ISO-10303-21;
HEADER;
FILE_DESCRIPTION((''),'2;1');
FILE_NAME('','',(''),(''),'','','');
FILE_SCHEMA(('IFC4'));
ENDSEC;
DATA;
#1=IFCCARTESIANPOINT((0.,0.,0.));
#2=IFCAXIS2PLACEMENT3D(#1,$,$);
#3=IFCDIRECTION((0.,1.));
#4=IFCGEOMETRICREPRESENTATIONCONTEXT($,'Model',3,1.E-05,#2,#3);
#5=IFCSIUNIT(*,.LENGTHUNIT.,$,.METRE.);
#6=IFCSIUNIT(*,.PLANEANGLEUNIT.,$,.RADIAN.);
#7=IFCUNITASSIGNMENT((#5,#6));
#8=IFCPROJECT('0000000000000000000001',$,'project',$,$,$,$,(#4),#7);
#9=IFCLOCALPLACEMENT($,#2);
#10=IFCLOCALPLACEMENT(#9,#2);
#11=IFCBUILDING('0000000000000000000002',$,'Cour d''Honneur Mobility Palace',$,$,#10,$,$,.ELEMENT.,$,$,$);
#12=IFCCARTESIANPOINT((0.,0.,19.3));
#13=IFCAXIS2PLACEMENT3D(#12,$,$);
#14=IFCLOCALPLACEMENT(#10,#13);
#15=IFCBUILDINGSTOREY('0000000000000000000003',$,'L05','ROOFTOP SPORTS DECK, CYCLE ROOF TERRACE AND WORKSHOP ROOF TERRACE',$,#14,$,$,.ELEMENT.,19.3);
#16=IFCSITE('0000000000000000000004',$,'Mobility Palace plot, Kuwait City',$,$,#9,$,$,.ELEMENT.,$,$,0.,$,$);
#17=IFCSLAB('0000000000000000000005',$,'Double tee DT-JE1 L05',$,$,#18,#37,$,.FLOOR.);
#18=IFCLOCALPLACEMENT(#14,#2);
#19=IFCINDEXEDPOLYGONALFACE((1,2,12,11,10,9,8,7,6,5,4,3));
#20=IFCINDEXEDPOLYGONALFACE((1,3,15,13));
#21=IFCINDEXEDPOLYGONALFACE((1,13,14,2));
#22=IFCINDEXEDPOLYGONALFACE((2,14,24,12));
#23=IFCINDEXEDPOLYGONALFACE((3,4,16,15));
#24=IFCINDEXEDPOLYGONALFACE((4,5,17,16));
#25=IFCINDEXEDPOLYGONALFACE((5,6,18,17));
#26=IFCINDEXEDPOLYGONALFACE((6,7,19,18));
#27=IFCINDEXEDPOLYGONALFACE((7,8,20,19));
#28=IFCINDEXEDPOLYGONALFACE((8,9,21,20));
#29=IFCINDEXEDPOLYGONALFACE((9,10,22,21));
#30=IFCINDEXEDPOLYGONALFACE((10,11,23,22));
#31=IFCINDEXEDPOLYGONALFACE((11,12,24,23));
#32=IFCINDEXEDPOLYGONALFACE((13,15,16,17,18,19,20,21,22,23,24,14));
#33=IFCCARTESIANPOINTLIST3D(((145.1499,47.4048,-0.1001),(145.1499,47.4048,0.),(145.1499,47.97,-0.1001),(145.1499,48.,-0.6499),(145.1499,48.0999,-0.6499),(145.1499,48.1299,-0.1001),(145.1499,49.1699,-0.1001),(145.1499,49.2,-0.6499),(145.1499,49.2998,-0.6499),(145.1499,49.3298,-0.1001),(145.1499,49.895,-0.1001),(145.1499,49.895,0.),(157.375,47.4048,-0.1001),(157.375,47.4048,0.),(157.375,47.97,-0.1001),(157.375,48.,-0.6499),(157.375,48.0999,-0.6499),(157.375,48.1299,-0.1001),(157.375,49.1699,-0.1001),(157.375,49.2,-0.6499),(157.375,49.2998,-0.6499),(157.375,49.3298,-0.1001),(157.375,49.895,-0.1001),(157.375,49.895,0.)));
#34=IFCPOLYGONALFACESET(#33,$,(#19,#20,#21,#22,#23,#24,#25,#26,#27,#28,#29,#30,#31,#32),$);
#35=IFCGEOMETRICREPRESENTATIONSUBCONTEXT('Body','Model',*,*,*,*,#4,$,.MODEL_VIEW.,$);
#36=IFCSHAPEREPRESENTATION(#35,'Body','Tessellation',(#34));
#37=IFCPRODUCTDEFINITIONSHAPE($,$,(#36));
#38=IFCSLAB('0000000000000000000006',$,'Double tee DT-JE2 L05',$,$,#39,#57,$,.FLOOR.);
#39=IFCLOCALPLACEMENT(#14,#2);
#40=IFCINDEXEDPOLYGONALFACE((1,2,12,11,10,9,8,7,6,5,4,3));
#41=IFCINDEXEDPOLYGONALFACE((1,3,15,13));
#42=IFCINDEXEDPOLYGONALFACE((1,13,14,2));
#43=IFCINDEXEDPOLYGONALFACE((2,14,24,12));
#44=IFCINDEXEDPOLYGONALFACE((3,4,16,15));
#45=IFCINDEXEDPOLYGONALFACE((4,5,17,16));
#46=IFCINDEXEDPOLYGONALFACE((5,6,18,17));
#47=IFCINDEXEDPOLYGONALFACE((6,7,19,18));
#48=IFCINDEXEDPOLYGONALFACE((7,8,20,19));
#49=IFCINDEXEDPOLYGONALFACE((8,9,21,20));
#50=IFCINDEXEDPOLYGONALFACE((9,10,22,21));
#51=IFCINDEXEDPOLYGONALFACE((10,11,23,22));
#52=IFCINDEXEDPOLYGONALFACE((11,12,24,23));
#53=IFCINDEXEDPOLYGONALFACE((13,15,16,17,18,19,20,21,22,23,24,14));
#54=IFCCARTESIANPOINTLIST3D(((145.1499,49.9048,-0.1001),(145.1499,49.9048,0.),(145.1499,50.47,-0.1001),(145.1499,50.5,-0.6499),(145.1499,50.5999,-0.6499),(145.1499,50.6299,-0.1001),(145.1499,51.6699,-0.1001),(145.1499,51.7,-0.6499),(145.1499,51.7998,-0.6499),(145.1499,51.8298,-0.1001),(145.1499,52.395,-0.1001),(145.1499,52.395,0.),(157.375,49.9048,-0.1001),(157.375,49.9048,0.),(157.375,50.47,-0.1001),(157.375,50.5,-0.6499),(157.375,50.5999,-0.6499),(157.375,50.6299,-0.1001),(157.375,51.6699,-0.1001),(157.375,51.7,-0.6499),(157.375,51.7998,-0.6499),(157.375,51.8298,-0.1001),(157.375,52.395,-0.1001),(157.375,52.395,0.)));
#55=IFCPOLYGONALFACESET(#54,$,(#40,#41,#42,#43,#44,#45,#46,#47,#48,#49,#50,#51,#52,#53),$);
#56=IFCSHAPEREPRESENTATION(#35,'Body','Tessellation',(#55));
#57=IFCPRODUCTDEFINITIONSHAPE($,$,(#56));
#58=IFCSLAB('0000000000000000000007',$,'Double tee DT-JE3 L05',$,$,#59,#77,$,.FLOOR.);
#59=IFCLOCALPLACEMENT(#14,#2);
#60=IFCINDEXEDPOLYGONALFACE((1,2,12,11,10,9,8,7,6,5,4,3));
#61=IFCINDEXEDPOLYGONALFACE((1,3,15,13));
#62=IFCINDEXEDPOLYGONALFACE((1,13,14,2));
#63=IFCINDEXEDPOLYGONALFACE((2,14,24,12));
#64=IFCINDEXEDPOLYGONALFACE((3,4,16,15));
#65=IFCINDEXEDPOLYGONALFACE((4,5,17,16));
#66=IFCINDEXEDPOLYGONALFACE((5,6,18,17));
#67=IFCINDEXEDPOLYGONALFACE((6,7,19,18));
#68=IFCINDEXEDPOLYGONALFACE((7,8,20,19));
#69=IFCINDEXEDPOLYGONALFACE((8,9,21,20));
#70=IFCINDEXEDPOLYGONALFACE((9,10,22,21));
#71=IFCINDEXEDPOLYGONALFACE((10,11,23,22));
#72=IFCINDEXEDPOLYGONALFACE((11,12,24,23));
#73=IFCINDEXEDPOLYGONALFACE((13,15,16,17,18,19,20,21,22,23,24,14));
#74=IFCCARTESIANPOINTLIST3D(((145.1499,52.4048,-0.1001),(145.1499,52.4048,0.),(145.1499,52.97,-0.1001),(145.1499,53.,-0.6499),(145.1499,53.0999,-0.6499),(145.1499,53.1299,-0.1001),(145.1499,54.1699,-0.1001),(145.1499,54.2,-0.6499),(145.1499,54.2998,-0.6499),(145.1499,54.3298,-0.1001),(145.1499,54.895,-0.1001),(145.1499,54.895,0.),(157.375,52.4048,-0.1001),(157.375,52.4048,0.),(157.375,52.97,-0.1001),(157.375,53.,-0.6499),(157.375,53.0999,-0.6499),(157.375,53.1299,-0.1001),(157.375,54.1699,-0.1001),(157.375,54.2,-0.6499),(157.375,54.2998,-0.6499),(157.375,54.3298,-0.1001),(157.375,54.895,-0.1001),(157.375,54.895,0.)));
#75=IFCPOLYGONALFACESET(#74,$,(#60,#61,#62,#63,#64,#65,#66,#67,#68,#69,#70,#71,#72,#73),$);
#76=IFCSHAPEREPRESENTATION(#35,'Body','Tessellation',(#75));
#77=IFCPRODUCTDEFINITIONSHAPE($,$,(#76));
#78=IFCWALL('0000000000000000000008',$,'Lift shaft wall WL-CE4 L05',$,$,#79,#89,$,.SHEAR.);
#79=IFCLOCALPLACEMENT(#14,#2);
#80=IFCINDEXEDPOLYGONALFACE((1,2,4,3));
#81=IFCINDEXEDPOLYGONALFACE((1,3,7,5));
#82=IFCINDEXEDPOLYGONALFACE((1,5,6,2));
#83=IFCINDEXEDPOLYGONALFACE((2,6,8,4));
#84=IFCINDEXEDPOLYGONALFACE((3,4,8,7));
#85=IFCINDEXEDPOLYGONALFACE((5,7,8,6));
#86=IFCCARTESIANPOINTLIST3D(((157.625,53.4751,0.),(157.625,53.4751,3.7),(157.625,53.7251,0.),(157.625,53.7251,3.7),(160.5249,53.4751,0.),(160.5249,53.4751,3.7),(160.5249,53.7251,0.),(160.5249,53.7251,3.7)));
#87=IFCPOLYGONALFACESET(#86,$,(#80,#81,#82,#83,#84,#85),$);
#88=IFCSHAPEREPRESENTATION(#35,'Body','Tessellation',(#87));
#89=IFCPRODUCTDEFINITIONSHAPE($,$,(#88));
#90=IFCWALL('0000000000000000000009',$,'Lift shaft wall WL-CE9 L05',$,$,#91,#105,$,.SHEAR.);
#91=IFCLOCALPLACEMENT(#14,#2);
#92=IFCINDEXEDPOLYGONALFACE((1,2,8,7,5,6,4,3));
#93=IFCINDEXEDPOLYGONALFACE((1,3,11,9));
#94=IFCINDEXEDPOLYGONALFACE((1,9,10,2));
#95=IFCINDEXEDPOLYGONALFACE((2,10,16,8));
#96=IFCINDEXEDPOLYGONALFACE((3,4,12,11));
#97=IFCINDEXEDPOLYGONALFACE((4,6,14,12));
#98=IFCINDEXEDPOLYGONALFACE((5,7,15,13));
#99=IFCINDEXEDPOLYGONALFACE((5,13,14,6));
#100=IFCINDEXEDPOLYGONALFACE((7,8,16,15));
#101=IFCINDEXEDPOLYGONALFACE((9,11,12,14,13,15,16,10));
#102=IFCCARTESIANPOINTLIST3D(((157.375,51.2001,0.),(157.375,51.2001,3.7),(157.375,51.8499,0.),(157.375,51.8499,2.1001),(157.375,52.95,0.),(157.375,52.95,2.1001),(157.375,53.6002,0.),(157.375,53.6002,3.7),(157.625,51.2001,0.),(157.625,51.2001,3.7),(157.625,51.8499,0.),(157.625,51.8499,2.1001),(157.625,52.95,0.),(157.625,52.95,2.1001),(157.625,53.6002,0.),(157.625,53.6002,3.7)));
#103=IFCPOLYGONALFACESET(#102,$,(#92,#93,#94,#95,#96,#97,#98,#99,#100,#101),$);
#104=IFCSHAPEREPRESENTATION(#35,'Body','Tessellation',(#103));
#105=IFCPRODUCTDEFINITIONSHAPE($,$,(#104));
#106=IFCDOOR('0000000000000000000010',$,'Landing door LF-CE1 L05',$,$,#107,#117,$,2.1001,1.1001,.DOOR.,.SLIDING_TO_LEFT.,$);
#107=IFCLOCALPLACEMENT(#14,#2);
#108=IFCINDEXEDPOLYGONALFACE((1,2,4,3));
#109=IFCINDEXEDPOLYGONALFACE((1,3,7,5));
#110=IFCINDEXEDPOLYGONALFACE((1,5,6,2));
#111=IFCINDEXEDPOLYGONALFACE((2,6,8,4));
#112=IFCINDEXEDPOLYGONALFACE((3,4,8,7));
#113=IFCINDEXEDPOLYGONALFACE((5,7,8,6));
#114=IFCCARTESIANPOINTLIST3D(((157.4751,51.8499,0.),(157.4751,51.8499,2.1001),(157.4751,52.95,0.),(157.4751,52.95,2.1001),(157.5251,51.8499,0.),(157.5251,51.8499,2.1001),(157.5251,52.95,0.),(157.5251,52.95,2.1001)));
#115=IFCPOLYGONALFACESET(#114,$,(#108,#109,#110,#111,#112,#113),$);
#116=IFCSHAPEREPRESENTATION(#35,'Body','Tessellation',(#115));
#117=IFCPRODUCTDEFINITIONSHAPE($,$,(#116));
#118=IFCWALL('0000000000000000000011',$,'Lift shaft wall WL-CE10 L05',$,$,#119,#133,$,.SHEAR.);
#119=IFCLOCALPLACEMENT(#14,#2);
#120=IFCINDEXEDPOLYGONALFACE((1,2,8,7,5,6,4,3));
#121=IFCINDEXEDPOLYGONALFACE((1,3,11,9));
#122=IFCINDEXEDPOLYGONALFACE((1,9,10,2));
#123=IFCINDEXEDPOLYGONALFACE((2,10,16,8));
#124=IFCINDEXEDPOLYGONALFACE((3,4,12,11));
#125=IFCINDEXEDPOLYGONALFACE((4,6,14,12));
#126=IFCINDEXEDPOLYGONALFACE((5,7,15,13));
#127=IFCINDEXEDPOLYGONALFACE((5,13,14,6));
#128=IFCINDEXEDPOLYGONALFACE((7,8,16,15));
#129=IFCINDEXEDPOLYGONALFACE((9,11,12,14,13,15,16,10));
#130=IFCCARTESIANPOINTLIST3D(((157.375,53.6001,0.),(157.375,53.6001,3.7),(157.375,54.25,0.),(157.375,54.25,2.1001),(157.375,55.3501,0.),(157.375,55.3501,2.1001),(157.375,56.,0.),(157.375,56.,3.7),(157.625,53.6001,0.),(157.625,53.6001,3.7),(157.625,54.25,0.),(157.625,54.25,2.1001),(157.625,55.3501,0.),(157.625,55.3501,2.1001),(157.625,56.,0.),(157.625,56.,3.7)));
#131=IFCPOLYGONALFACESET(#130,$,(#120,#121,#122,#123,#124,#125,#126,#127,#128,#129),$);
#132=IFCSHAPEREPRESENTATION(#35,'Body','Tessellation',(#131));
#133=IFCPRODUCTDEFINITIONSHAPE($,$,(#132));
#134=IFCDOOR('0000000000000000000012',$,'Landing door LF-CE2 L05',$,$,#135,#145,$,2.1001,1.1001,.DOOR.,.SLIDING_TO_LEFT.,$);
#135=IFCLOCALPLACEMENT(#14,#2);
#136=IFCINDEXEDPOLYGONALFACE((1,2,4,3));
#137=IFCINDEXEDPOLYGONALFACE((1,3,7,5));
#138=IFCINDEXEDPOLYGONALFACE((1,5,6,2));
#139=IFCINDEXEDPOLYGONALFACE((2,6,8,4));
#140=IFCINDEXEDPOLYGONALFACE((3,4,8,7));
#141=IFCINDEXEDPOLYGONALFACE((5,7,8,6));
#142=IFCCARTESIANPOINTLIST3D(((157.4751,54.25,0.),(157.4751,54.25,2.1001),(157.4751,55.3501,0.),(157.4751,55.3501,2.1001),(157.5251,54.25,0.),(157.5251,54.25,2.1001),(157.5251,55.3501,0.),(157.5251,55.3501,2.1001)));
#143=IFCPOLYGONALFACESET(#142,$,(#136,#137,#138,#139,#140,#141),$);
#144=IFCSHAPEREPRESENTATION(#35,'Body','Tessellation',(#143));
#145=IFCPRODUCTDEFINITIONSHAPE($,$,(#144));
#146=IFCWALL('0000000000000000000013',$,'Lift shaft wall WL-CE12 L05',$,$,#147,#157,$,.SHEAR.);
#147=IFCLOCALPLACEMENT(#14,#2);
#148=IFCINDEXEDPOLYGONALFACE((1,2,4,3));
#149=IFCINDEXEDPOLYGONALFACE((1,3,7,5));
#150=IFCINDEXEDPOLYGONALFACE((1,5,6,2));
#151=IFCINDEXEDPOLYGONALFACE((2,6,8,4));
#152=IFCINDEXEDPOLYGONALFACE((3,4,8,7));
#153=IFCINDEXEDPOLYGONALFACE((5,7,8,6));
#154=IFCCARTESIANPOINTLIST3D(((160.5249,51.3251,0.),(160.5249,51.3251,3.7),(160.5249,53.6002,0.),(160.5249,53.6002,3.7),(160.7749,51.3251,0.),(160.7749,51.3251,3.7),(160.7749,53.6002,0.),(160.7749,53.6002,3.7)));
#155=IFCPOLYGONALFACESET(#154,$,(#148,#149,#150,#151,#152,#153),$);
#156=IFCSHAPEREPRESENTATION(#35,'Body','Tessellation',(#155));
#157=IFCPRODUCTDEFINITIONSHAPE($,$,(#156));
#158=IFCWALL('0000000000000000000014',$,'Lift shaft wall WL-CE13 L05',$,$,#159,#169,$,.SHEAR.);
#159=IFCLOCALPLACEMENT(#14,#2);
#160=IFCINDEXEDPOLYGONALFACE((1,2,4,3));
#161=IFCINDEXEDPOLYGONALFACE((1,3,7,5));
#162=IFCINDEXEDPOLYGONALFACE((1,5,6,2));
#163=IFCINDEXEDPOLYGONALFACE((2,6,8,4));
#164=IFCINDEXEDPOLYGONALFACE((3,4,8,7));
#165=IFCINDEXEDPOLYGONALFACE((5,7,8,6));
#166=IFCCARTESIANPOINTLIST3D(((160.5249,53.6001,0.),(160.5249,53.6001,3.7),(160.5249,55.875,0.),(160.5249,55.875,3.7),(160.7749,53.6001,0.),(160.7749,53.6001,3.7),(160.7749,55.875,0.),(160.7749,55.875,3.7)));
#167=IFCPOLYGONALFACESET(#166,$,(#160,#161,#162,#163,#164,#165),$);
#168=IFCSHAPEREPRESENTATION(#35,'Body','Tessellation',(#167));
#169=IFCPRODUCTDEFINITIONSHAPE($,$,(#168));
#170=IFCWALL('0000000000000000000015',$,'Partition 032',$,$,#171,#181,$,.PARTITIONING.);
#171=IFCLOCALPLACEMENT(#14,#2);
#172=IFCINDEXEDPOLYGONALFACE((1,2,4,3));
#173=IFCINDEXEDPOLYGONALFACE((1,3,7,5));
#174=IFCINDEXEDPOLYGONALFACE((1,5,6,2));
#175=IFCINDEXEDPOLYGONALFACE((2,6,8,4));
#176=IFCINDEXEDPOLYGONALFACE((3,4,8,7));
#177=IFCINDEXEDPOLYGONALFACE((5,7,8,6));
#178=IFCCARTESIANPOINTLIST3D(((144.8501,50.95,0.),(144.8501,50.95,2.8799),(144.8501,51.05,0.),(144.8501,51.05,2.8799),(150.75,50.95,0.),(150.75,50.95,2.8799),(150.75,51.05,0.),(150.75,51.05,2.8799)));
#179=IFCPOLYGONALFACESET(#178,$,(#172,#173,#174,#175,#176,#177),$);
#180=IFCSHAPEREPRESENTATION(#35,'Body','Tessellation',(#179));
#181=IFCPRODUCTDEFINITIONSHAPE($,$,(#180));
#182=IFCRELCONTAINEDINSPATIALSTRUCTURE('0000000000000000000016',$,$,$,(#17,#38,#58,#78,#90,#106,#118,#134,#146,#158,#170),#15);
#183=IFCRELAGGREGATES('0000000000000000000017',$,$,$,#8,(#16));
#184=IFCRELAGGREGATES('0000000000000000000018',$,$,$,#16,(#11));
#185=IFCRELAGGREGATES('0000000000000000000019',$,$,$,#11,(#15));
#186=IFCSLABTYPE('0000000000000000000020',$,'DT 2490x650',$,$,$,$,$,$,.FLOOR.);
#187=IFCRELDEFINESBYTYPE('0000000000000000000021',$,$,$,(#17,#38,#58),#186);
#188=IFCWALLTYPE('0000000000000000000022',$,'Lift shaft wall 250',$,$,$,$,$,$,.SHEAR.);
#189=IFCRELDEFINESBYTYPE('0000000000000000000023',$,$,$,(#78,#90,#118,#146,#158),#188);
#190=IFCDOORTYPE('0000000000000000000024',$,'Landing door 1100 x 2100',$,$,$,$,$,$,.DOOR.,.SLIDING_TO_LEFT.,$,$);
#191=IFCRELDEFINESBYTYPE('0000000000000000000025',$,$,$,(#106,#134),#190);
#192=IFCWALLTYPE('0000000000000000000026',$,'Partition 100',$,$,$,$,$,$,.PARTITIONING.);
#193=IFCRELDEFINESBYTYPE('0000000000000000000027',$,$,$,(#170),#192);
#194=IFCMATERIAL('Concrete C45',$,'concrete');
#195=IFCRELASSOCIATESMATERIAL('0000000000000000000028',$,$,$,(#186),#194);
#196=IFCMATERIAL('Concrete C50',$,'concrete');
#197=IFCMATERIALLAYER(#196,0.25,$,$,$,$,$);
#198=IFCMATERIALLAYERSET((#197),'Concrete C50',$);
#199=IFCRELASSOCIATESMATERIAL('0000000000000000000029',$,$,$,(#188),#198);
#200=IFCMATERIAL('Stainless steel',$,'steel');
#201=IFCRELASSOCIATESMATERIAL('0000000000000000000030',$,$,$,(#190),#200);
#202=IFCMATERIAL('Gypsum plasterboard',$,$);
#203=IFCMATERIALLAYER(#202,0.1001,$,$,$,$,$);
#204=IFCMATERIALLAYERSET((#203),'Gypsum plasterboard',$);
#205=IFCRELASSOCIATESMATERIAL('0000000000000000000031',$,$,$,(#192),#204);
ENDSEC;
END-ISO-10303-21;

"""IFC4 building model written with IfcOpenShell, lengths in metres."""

from ifc_helpers import new_model, si_unit, direction, frame, frame_2d, origin, place, context, subcontext, project, spatial, polyline, rectangle, outline, extrude, material, layer, layer_set, material_profile, profile_set, type_object, element, fill, save


model = new_model("IFC4")

# Units and contexts
model_context = context("Model", 3, precision=1e-05, world=origin(), true_north=direction((0.0, 1.0)))
body_context = subcontext(model_context, "Body", "Model", "MODEL_VIEW")
ifc_project = project(units=[si_unit("LENGTHUNIT", "METRE"), si_unit("PLANEANGLEUNIT", "RADIAN")], contexts=[model_context])

# Site, building, storey
site_placement = place(None, origin())
site = spatial("IfcSite", under=ifc_project, at=site_placement, Name="Mobility Palace plot, Kuwait City", CompositionType="ELEMENT", RefElevation=0.0)
building_placement = place(site_placement, origin())
building = spatial("IfcBuilding", under=site, at=building_placement, Name="Cour d'Honneur Mobility Palace", CompositionType="ELEMENT")
storey_placement = place(building_placement, frame((0.0, 0.0, 19.3)))
storey = spatial("IfcBuildingStorey", under=building, at=storey_placement, Name="L05", Description="ROOFTOP SPORTS DECK, CYCLE ROOF TERRACE AND WORKSHOP ROOF TERRACE", CompositionType="ELEMENT", Elevation=19.3)

# Slabs
ifc_material_1 = material(Name="Concrete C45", Category="concrete")
ifc_material_profile = material_profile(ifc_material_1, outline(polyline([(-1.2451, 0.0), (1.2451, 0.0), (1.2451, -0.1001), (0.6799, -0.1001), (0.6499, -0.6499), (0.55, -0.6499), (0.52, -0.1001), (-0.52, -0.1001), (-0.55, -0.6499), (-0.6499, -0.6499), (-0.6799, -0.1001), (-1.2451, -0.1001), (-1.2451, 0.0)])), Name="DT 2490x650")
ifc_profile_set = profile_set([ifc_material_profile], Name="Concrete C45")
slab_type = type_object("IfcSlabType", Name="DT 2490x650", PredefinedType="FLOOR", material=ifc_profile_set)
for number, where, z_axis, x_axis, name in (
    (1, (145.1499, 48.6499, 0.0), (1.0, 0.0, 0.0), (0.0, 1.0, 0.0), "Double tee DT-JE1 L05"),
    (2, (145.1499, 51.1499, 0.0), (1.0, 0.0, 0.0), (0.0, 1.0, 0.0), "Double tee DT-JE2 L05"),
    (3, (145.1499, 53.6499, 0.0), (1.0, 0.0, 0.0), (0.0, 1.0, 0.0), "Double tee DT-JE3 L05"),
):
    element("IfcSlab", number, at=place(storey_placement, frame(where, z_axis=z_axis, x_axis=x_axis)), inside=storey, type_object=slab_type, Name=name, PredefinedType="FLOOR", context=body_context, shape_type="SweptSolid", body=[
        extrude(outline(polyline([(-1.2451, 0.0), (1.2451, 0.0), (1.2451, -0.1001), (0.6799, -0.1001), (0.6499, -0.6499), (0.55, -0.6499), (0.52, -0.1001), (-0.52, -0.1001), (-0.55, -0.6499), (-0.6499, -0.6499), (-0.6799, -0.1001), (-1.2451, -0.1001), (-1.2451, 0.0)])), origin(), (0.0, 0.0, 1.0), 12.2251),
    ])

# Wall
ifc_material_2 = material(Name="Concrete C50", Category="concrete")
ifc_layer_1 = layer(ifc_material_2, 0.25)
ifc_layer_set_1 = layer_set([ifc_layer_1], Name="Concrete C50")
wall_type_1 = type_object("IfcWallType", Name="Lift shaft wall 250", PredefinedType="SHEAR", material=ifc_layer_set_1)
wall_1_placement = place(storey_placement, frame((157.625, 53.6001, 0.0), z_axis=(0.0, 0.0, 1.0), x_axis=(1.0, 0.0, 0.0)))
element("IfcWall", 4, at=wall_1_placement, inside=storey, type_object=wall_type_1, Name="Lift shaft wall WL-CE4 L05", PredefinedType="SHEAR", context=body_context, shape_type="SweptSolid", body=[
    extrude(rectangle(XDim=2.8999, YDim=0.25, at=frame_2d((1.45, 0.0))), origin(), (0.0, 0.0, 1.0), 3.7),
])

# Walls, openings, doors
wall_2_placement = place(storey_placement, frame((157.5, 51.2, 0.0), z_axis=(0.0, 0.0, 1.0), x_axis=(0.0, 1.0, 0.0)))
wall_2 = element("IfcWall", 5, at=wall_2_placement, inside=storey, type_object=wall_type_1, Name="Lift shaft wall WL-CE9 L05", PredefinedType="SHEAR", context=body_context, shape_type="SweptSolid", body=[
    extrude(rectangle(XDim=2.4001, YDim=0.25, at=frame_2d((1.2002, 0.0))), origin(), (0.0, 0.0, 1.0), 3.7),
])
opening_1_placement = place(wall_2_placement, frame((0.6499, 0.0, 0.0)))
opening_1 = element("IfcOpeningElement", 6, at=opening_1_placement, cuts=wall_2, PredefinedType="OPENING", context=body_context, shape_type="SweptSolid", body=[
    extrude(rectangle(XDim=1.1001, YDim=2.1001, at=frame_2d((0.55, 1.05))), frame((0.0, 0.135, 0.0), z_axis=(0.0, -1.0, 0.0), x_axis=(1.0, 0.0, 0.0)), (0.0, 0.0, 1.0), 0.27),
])
ifc_material_3 = material(Name="Stainless steel", Category="steel")
door_type_1 = type_object("IfcDoorType", Name="Landing door 1100 x 2100", OperationType="SLIDING_TO_LEFT", PredefinedType="DOOR", material=ifc_material_3)
door_1_placement = place(opening_1_placement, origin())
door_1 = element("IfcDoor", 7, at=door_1_placement, inside=storey, type_object=door_type_1, Name="Landing door LF-CE1 L05", OperationType="SLIDING_TO_LEFT", OverallHeight=2.1001, OverallWidth=1.1001, PredefinedType="DOOR", context=body_context, shape_type="SweptSolid", body=[
    extrude(rectangle(XDim=1.1001, YDim=2.1001, at=frame_2d((0.55, 1.05))), frame((0.0, 0.0249, 0.0), z_axis=(0.0, -1.0, 0.0), x_axis=(1.0, 0.0, 0.0)), (0.0, 0.0, 1.0), 0.05),
])
fill(opening_1, door_1)
wall_3_placement = place(storey_placement, frame((157.5, 53.6001, 0.0), z_axis=(0.0, 0.0, 1.0), x_axis=(0.0, 1.0, 0.0)))
wall_3 = element("IfcWall", 8, at=wall_3_placement, inside=storey, type_object=wall_type_1, Name="Lift shaft wall WL-CE10 L05", PredefinedType="SHEAR", context=body_context, shape_type="SweptSolid", body=[
    extrude(rectangle(XDim=2.3999, YDim=0.25, at=frame_2d((1.2, 0.0))), origin(), (0.0, 0.0, 1.0), 3.7),
])
opening_2_placement = place(wall_3_placement, frame((0.6499, 0.0, 0.0)))
opening_2 = element("IfcOpeningElement", 9, at=opening_2_placement, cuts=wall_3, PredefinedType="OPENING", context=body_context, shape_type="SweptSolid", body=[
    extrude(rectangle(XDim=1.1001, YDim=2.1001, at=frame_2d((0.55, 1.05))), frame((0.0, 0.135, 0.0), z_axis=(0.0, -1.0, 0.0), x_axis=(1.0, 0.0, 0.0)), (0.0, 0.0, 1.0), 0.27),
])
door_2_placement = place(opening_2_placement, origin())
door_2 = element("IfcDoor", 10, at=door_2_placement, inside=storey, type_object=door_type_1, Name="Landing door LF-CE2 L05", OperationType="SLIDING_TO_LEFT", OverallHeight=2.1001, OverallWidth=1.1001, PredefinedType="DOOR", context=body_context, shape_type="SweptSolid", body=[
    extrude(rectangle(XDim=1.1001, YDim=2.1001, at=frame_2d((0.55, 1.05))), frame((0.0, 0.0249, 0.0), z_axis=(0.0, -1.0, 0.0), x_axis=(1.0, 0.0, 0.0)), (0.0, 0.0, 1.0), 0.05),
])
fill(opening_2, door_2)

# Walls
wall_4_placement = place(storey_placement, frame((160.6499, 51.325, 0.0), z_axis=(0.0, 0.0, 1.0), x_axis=(0.0, 1.0, 0.0)))
element("IfcWall", 11, at=wall_4_placement, inside=storey, type_object=wall_type_1, Name="Lift shaft wall WL-CE12 L05", PredefinedType="SHEAR", context=body_context, shape_type="SweptSolid", body=[
    extrude(rectangle(XDim=2.2751, YDim=0.25, at=frame_2d((1.1377, 0.0))), origin(), (0.0, 0.0, 1.0), 3.7),
])
wall_5_placement = place(storey_placement, frame((160.6499, 53.6001, 0.0), z_axis=(0.0, 0.0, 1.0), x_axis=(0.0, 1.0, 0.0)))
element("IfcWall", 12, at=wall_5_placement, inside=storey, type_object=wall_type_1, Name="Lift shaft wall WL-CE13 L05", PredefinedType="SHEAR", context=body_context, shape_type="SweptSolid", body=[
    extrude(rectangle(XDim=2.2749, YDim=0.25, at=frame_2d((1.1375, 0.0))), origin(), (0.0, 0.0, 1.0), 3.7),
])
ifc_material_4 = material(Name="Gypsum plasterboard")
ifc_layer_2 = layer(ifc_material_4, 0.1001)
ifc_layer_set_2 = layer_set([ifc_layer_2], Name="Gypsum plasterboard")
wall_type_2 = type_object("IfcWallType", Name="Partition 100", PredefinedType="PARTITIONING", material=ifc_layer_set_2)
wall_6_placement = place(storey_placement, frame((150.75, 51.0, 0.0), z_axis=(0.0, 0.0, 1.0), x_axis=(-1.0, 0.0, 0.0)))
element("IfcWall", 13, at=wall_6_placement, inside=storey, type_object=wall_type_2, Name="Partition 032", PredefinedType="PARTITIONING", context=body_context, shape_type="SweptSolid", body=[
    extrude(rectangle(XDim=5.8999, YDim=0.1001, at=frame_2d((2.95, 0.0))), origin(), (0.0, 0.0, 1.0), 2.8799),
])

save(model, "model.ifc")
